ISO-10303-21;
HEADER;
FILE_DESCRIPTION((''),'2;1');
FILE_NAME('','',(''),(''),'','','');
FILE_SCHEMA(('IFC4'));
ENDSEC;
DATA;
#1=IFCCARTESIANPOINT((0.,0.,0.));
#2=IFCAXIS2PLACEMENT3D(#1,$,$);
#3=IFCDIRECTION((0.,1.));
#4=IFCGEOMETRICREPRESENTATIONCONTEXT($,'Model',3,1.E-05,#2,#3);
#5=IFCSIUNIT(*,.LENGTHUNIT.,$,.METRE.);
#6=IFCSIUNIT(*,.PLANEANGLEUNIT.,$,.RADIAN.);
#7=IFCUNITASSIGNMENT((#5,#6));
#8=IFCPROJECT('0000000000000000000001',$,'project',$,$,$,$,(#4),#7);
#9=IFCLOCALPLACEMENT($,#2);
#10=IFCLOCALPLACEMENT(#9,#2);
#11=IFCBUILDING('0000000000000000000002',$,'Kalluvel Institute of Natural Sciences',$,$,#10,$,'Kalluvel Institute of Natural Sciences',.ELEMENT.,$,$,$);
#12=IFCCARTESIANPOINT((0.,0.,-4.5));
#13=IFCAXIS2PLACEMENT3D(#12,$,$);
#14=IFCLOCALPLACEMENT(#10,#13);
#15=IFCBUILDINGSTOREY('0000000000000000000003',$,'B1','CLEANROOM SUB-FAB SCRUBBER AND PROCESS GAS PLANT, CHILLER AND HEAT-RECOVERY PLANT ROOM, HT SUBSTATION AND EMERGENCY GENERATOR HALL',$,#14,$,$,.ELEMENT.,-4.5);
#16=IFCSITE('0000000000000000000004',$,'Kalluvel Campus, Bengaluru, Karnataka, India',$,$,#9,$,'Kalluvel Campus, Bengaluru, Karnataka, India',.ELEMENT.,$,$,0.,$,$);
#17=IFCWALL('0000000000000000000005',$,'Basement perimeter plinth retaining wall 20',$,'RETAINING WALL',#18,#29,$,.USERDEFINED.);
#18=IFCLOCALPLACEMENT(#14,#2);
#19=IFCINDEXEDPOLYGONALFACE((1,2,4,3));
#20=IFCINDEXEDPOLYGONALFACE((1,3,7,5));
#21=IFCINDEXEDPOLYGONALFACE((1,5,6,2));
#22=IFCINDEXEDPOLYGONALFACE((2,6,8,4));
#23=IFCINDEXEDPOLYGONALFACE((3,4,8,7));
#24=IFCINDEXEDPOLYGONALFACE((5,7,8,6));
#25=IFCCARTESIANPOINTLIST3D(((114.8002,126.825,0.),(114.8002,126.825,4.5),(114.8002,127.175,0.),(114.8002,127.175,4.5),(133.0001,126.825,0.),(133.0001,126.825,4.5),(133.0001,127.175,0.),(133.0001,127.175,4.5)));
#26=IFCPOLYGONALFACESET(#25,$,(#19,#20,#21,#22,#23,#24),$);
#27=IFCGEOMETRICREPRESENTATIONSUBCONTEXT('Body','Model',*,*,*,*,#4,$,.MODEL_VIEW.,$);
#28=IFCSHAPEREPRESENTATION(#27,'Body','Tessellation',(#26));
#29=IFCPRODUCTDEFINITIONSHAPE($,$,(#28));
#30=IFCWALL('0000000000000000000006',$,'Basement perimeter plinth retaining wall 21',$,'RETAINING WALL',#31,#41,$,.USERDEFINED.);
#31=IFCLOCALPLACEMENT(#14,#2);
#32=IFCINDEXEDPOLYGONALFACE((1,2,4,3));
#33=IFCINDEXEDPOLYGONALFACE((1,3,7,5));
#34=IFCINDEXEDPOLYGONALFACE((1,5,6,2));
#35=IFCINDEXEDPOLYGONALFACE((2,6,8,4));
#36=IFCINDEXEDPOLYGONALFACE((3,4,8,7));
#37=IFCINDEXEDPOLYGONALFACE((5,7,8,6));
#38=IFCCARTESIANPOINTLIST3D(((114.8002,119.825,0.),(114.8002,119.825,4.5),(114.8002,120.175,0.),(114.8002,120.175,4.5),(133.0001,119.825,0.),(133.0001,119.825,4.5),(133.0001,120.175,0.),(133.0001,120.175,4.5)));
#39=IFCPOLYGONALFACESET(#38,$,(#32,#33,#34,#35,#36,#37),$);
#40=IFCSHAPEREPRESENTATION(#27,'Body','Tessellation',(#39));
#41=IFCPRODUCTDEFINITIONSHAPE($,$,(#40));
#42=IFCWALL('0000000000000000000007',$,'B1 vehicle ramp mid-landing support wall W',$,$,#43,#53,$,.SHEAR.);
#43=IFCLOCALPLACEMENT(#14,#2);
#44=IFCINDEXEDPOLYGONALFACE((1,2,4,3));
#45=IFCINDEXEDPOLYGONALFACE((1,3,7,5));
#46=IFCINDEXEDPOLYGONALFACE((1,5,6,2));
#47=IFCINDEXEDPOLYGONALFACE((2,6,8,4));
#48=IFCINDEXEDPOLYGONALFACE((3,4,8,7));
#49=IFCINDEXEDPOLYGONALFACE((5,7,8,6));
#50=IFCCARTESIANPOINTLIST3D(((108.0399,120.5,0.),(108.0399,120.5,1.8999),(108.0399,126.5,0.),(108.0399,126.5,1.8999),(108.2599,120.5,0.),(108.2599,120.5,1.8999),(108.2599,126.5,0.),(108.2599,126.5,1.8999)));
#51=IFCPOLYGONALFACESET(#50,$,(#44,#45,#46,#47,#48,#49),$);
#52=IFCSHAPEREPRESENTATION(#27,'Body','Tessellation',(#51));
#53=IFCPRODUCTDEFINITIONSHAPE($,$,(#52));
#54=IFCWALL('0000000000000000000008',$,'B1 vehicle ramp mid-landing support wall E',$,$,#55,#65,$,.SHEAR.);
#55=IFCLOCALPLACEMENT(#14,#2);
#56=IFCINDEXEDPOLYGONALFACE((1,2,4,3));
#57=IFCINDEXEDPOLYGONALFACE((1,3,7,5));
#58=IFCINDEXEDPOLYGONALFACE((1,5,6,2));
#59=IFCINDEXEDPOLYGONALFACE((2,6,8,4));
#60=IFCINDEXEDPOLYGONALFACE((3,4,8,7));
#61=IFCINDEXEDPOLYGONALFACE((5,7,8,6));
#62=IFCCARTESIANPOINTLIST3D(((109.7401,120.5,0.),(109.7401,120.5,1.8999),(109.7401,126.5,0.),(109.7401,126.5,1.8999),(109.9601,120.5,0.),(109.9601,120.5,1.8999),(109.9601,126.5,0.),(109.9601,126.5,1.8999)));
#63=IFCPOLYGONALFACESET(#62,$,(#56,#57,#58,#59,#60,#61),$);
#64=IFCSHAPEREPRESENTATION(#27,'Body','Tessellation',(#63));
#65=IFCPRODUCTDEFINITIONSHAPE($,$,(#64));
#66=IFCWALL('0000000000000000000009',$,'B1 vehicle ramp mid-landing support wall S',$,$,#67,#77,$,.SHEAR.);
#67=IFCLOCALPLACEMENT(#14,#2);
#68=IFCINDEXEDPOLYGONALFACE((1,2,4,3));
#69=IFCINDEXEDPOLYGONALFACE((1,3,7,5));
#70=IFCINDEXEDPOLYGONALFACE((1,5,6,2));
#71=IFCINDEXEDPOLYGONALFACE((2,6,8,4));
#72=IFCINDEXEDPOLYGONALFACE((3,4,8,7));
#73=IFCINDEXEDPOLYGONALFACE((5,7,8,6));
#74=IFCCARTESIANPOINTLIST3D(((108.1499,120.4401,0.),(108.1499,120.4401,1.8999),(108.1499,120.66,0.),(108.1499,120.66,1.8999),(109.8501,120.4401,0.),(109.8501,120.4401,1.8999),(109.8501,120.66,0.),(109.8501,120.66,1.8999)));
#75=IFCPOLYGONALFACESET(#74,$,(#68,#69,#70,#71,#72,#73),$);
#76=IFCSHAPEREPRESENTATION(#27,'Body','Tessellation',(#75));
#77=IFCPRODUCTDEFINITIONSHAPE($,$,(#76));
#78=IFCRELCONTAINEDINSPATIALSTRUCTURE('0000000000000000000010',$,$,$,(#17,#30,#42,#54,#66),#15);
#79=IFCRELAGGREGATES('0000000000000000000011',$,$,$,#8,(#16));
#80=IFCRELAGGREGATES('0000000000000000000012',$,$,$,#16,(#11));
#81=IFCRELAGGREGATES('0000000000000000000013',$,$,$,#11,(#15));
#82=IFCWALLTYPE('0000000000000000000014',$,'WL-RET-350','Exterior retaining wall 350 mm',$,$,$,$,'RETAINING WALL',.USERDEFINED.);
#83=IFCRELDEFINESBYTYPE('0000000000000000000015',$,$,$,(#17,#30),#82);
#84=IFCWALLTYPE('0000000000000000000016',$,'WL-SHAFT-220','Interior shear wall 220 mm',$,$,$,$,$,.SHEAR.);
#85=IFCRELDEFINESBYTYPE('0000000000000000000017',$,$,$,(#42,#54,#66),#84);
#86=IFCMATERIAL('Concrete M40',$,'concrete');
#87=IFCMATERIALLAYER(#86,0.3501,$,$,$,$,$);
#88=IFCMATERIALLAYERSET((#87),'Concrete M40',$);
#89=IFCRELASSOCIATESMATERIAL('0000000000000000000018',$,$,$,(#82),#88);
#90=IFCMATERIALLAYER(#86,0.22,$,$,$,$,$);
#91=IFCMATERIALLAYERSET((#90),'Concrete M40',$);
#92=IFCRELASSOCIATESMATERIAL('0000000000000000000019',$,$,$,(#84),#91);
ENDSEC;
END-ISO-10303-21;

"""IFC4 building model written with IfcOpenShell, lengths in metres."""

from ifc_helpers import new_model, si_unit, direction, frame, frame_2d, origin, place, context, subcontext, project, spatial, rectangle, extrude, material, layer, layer_set, type_object, element, save


model = new_model("IFC4")

# Units and contexts
model_context = context("Model", 3, precision=1e-05, world=origin(), true_north=direction((0.0, 1.0)))
body_context = subcontext(model_context, "Body", "Model", "MODEL_VIEW")
ifc_project = project(units=[si_unit("LENGTHUNIT", "METRE"), si_unit("PLANEANGLEUNIT", "RADIAN")], contexts=[model_context])

# Site, building, storey
site_placement = place(None, origin())
site = spatial("IfcSite", under=ifc_project, at=site_placement, Name="Kalluvel Campus, Bengaluru, Karnataka, India", LongName="Kalluvel Campus, Bengaluru, Karnataka, India", CompositionType="ELEMENT", RefElevation=0.0)
building_placement = place(site_placement, origin())
building = spatial("IfcBuilding", under=site, at=building_placement, Name="Kalluvel Institute of Natural Sciences", LongName="Kalluvel Institute of Natural Sciences", CompositionType="ELEMENT")
storey_placement = place(building_placement, frame((0.0, 0.0, -4.5)))
storey = spatial("IfcBuildingStorey", under=building, at=storey_placement, Name="B1", Description="CLEANROOM SUB-FAB SCRUBBER AND PROCESS GAS PLANT, CHILLER AND HEAT-RECOVERY PLANT ROOM, HT SUBSTATION AND EMERGENCY GENERATOR HALL", CompositionType="ELEMENT", Elevation=-4.5)

# Shared definitions
ifc_material_1 = material(Name="Concrete M40", Category="concrete")

# Walls
ifc_layer_1 = layer(ifc_material_1, 0.3501)
ifc_layer_set_1 = layer_set([ifc_layer_1], Name="Concrete M40")
wall_type_1 = type_object("IfcWallType", Name="WL-RET-350", Description="Exterior retaining wall 350 mm", ElementType="RETAINING WALL", PredefinedType="USERDEFINED", material=ifc_layer_set_1)
for number, where, z_axis, x_axis, name in (
    (1, (114.8, 127.0, 0.0), (0.0, 0.0, 1.0), (1.0, 0.0, 0.0), "Basement perimeter plinth retaining wall 20"),
    (2, (114.8, 120.0, 0.0), (0.0, 0.0, 1.0), (1.0, 0.0, 0.0), "Basement perimeter plinth retaining wall 21"),
):
    element("IfcWall", number, at=place(storey_placement, frame(where, z_axis=z_axis, x_axis=x_axis)), inside=storey, type_object=wall_type_1, Name=name, ObjectType="RETAINING WALL", PredefinedType="USERDEFINED", context=body_context, shape_type="SweptSolid", body=[
        extrude(rectangle(XDim=18.2, YDim=0.3501, at=frame_2d((9.1001, 0.0))), origin(), (0.0, 0.0, 1.0), 4.5),
    ])
ifc_layer_2 = layer(ifc_material_1, 0.22)
ifc_layer_set_2 = layer_set([ifc_layer_2], Name="Concrete M40")
wall_type_2 = type_object("IfcWallType", Name="WL-SHAFT-220", Description="Interior shear wall 220 mm", PredefinedType="SHEAR", material=ifc_layer_set_2)
for number, where, z_axis, x_axis, name in (
    (3, (108.1499, 120.5, 0.0), (0.0, 0.0, 1.0), (0.0, 1.0, 0.0), "B1 vehicle ramp mid-landing support wall W"),
    (4, (109.8501, 120.5, 0.0), (0.0, 0.0, 1.0), (0.0, 1.0, 0.0), "B1 vehicle ramp mid-landing support wall E"),
):
    element("IfcWall", number, at=place(storey_placement, frame(where, z_axis=z_axis, x_axis=x_axis)), inside=storey, type_object=wall_type_2, Name=name, PredefinedType="SHEAR", context=body_context, shape_type="SweptSolid", body=[
        extrude(rectangle(XDim=6.0, YDim=0.22, at=frame_2d((3.0, 0.0))), origin(), (0.0, 0.0, 1.0), 1.8999),
    ])
wall_placement = place(storey_placement, frame((108.1499, 120.55, 0.0), z_axis=(0.0, 0.0, 1.0), x_axis=(1.0, 0.0, 0.0)))
element("IfcWall", 5, at=wall_placement, inside=storey, type_object=wall_type_2, Name="B1 vehicle ramp mid-landing support wall S", PredefinedType="SHEAR", context=body_context, shape_type="SweptSolid", body=[
    extrude(rectangle(XDim=1.7002, YDim=0.22, at=frame_2d((0.8501, 0.0))), origin(), (0.0, 0.0, 1.0), 1.8999),
])

save(model, "model.ifc")
